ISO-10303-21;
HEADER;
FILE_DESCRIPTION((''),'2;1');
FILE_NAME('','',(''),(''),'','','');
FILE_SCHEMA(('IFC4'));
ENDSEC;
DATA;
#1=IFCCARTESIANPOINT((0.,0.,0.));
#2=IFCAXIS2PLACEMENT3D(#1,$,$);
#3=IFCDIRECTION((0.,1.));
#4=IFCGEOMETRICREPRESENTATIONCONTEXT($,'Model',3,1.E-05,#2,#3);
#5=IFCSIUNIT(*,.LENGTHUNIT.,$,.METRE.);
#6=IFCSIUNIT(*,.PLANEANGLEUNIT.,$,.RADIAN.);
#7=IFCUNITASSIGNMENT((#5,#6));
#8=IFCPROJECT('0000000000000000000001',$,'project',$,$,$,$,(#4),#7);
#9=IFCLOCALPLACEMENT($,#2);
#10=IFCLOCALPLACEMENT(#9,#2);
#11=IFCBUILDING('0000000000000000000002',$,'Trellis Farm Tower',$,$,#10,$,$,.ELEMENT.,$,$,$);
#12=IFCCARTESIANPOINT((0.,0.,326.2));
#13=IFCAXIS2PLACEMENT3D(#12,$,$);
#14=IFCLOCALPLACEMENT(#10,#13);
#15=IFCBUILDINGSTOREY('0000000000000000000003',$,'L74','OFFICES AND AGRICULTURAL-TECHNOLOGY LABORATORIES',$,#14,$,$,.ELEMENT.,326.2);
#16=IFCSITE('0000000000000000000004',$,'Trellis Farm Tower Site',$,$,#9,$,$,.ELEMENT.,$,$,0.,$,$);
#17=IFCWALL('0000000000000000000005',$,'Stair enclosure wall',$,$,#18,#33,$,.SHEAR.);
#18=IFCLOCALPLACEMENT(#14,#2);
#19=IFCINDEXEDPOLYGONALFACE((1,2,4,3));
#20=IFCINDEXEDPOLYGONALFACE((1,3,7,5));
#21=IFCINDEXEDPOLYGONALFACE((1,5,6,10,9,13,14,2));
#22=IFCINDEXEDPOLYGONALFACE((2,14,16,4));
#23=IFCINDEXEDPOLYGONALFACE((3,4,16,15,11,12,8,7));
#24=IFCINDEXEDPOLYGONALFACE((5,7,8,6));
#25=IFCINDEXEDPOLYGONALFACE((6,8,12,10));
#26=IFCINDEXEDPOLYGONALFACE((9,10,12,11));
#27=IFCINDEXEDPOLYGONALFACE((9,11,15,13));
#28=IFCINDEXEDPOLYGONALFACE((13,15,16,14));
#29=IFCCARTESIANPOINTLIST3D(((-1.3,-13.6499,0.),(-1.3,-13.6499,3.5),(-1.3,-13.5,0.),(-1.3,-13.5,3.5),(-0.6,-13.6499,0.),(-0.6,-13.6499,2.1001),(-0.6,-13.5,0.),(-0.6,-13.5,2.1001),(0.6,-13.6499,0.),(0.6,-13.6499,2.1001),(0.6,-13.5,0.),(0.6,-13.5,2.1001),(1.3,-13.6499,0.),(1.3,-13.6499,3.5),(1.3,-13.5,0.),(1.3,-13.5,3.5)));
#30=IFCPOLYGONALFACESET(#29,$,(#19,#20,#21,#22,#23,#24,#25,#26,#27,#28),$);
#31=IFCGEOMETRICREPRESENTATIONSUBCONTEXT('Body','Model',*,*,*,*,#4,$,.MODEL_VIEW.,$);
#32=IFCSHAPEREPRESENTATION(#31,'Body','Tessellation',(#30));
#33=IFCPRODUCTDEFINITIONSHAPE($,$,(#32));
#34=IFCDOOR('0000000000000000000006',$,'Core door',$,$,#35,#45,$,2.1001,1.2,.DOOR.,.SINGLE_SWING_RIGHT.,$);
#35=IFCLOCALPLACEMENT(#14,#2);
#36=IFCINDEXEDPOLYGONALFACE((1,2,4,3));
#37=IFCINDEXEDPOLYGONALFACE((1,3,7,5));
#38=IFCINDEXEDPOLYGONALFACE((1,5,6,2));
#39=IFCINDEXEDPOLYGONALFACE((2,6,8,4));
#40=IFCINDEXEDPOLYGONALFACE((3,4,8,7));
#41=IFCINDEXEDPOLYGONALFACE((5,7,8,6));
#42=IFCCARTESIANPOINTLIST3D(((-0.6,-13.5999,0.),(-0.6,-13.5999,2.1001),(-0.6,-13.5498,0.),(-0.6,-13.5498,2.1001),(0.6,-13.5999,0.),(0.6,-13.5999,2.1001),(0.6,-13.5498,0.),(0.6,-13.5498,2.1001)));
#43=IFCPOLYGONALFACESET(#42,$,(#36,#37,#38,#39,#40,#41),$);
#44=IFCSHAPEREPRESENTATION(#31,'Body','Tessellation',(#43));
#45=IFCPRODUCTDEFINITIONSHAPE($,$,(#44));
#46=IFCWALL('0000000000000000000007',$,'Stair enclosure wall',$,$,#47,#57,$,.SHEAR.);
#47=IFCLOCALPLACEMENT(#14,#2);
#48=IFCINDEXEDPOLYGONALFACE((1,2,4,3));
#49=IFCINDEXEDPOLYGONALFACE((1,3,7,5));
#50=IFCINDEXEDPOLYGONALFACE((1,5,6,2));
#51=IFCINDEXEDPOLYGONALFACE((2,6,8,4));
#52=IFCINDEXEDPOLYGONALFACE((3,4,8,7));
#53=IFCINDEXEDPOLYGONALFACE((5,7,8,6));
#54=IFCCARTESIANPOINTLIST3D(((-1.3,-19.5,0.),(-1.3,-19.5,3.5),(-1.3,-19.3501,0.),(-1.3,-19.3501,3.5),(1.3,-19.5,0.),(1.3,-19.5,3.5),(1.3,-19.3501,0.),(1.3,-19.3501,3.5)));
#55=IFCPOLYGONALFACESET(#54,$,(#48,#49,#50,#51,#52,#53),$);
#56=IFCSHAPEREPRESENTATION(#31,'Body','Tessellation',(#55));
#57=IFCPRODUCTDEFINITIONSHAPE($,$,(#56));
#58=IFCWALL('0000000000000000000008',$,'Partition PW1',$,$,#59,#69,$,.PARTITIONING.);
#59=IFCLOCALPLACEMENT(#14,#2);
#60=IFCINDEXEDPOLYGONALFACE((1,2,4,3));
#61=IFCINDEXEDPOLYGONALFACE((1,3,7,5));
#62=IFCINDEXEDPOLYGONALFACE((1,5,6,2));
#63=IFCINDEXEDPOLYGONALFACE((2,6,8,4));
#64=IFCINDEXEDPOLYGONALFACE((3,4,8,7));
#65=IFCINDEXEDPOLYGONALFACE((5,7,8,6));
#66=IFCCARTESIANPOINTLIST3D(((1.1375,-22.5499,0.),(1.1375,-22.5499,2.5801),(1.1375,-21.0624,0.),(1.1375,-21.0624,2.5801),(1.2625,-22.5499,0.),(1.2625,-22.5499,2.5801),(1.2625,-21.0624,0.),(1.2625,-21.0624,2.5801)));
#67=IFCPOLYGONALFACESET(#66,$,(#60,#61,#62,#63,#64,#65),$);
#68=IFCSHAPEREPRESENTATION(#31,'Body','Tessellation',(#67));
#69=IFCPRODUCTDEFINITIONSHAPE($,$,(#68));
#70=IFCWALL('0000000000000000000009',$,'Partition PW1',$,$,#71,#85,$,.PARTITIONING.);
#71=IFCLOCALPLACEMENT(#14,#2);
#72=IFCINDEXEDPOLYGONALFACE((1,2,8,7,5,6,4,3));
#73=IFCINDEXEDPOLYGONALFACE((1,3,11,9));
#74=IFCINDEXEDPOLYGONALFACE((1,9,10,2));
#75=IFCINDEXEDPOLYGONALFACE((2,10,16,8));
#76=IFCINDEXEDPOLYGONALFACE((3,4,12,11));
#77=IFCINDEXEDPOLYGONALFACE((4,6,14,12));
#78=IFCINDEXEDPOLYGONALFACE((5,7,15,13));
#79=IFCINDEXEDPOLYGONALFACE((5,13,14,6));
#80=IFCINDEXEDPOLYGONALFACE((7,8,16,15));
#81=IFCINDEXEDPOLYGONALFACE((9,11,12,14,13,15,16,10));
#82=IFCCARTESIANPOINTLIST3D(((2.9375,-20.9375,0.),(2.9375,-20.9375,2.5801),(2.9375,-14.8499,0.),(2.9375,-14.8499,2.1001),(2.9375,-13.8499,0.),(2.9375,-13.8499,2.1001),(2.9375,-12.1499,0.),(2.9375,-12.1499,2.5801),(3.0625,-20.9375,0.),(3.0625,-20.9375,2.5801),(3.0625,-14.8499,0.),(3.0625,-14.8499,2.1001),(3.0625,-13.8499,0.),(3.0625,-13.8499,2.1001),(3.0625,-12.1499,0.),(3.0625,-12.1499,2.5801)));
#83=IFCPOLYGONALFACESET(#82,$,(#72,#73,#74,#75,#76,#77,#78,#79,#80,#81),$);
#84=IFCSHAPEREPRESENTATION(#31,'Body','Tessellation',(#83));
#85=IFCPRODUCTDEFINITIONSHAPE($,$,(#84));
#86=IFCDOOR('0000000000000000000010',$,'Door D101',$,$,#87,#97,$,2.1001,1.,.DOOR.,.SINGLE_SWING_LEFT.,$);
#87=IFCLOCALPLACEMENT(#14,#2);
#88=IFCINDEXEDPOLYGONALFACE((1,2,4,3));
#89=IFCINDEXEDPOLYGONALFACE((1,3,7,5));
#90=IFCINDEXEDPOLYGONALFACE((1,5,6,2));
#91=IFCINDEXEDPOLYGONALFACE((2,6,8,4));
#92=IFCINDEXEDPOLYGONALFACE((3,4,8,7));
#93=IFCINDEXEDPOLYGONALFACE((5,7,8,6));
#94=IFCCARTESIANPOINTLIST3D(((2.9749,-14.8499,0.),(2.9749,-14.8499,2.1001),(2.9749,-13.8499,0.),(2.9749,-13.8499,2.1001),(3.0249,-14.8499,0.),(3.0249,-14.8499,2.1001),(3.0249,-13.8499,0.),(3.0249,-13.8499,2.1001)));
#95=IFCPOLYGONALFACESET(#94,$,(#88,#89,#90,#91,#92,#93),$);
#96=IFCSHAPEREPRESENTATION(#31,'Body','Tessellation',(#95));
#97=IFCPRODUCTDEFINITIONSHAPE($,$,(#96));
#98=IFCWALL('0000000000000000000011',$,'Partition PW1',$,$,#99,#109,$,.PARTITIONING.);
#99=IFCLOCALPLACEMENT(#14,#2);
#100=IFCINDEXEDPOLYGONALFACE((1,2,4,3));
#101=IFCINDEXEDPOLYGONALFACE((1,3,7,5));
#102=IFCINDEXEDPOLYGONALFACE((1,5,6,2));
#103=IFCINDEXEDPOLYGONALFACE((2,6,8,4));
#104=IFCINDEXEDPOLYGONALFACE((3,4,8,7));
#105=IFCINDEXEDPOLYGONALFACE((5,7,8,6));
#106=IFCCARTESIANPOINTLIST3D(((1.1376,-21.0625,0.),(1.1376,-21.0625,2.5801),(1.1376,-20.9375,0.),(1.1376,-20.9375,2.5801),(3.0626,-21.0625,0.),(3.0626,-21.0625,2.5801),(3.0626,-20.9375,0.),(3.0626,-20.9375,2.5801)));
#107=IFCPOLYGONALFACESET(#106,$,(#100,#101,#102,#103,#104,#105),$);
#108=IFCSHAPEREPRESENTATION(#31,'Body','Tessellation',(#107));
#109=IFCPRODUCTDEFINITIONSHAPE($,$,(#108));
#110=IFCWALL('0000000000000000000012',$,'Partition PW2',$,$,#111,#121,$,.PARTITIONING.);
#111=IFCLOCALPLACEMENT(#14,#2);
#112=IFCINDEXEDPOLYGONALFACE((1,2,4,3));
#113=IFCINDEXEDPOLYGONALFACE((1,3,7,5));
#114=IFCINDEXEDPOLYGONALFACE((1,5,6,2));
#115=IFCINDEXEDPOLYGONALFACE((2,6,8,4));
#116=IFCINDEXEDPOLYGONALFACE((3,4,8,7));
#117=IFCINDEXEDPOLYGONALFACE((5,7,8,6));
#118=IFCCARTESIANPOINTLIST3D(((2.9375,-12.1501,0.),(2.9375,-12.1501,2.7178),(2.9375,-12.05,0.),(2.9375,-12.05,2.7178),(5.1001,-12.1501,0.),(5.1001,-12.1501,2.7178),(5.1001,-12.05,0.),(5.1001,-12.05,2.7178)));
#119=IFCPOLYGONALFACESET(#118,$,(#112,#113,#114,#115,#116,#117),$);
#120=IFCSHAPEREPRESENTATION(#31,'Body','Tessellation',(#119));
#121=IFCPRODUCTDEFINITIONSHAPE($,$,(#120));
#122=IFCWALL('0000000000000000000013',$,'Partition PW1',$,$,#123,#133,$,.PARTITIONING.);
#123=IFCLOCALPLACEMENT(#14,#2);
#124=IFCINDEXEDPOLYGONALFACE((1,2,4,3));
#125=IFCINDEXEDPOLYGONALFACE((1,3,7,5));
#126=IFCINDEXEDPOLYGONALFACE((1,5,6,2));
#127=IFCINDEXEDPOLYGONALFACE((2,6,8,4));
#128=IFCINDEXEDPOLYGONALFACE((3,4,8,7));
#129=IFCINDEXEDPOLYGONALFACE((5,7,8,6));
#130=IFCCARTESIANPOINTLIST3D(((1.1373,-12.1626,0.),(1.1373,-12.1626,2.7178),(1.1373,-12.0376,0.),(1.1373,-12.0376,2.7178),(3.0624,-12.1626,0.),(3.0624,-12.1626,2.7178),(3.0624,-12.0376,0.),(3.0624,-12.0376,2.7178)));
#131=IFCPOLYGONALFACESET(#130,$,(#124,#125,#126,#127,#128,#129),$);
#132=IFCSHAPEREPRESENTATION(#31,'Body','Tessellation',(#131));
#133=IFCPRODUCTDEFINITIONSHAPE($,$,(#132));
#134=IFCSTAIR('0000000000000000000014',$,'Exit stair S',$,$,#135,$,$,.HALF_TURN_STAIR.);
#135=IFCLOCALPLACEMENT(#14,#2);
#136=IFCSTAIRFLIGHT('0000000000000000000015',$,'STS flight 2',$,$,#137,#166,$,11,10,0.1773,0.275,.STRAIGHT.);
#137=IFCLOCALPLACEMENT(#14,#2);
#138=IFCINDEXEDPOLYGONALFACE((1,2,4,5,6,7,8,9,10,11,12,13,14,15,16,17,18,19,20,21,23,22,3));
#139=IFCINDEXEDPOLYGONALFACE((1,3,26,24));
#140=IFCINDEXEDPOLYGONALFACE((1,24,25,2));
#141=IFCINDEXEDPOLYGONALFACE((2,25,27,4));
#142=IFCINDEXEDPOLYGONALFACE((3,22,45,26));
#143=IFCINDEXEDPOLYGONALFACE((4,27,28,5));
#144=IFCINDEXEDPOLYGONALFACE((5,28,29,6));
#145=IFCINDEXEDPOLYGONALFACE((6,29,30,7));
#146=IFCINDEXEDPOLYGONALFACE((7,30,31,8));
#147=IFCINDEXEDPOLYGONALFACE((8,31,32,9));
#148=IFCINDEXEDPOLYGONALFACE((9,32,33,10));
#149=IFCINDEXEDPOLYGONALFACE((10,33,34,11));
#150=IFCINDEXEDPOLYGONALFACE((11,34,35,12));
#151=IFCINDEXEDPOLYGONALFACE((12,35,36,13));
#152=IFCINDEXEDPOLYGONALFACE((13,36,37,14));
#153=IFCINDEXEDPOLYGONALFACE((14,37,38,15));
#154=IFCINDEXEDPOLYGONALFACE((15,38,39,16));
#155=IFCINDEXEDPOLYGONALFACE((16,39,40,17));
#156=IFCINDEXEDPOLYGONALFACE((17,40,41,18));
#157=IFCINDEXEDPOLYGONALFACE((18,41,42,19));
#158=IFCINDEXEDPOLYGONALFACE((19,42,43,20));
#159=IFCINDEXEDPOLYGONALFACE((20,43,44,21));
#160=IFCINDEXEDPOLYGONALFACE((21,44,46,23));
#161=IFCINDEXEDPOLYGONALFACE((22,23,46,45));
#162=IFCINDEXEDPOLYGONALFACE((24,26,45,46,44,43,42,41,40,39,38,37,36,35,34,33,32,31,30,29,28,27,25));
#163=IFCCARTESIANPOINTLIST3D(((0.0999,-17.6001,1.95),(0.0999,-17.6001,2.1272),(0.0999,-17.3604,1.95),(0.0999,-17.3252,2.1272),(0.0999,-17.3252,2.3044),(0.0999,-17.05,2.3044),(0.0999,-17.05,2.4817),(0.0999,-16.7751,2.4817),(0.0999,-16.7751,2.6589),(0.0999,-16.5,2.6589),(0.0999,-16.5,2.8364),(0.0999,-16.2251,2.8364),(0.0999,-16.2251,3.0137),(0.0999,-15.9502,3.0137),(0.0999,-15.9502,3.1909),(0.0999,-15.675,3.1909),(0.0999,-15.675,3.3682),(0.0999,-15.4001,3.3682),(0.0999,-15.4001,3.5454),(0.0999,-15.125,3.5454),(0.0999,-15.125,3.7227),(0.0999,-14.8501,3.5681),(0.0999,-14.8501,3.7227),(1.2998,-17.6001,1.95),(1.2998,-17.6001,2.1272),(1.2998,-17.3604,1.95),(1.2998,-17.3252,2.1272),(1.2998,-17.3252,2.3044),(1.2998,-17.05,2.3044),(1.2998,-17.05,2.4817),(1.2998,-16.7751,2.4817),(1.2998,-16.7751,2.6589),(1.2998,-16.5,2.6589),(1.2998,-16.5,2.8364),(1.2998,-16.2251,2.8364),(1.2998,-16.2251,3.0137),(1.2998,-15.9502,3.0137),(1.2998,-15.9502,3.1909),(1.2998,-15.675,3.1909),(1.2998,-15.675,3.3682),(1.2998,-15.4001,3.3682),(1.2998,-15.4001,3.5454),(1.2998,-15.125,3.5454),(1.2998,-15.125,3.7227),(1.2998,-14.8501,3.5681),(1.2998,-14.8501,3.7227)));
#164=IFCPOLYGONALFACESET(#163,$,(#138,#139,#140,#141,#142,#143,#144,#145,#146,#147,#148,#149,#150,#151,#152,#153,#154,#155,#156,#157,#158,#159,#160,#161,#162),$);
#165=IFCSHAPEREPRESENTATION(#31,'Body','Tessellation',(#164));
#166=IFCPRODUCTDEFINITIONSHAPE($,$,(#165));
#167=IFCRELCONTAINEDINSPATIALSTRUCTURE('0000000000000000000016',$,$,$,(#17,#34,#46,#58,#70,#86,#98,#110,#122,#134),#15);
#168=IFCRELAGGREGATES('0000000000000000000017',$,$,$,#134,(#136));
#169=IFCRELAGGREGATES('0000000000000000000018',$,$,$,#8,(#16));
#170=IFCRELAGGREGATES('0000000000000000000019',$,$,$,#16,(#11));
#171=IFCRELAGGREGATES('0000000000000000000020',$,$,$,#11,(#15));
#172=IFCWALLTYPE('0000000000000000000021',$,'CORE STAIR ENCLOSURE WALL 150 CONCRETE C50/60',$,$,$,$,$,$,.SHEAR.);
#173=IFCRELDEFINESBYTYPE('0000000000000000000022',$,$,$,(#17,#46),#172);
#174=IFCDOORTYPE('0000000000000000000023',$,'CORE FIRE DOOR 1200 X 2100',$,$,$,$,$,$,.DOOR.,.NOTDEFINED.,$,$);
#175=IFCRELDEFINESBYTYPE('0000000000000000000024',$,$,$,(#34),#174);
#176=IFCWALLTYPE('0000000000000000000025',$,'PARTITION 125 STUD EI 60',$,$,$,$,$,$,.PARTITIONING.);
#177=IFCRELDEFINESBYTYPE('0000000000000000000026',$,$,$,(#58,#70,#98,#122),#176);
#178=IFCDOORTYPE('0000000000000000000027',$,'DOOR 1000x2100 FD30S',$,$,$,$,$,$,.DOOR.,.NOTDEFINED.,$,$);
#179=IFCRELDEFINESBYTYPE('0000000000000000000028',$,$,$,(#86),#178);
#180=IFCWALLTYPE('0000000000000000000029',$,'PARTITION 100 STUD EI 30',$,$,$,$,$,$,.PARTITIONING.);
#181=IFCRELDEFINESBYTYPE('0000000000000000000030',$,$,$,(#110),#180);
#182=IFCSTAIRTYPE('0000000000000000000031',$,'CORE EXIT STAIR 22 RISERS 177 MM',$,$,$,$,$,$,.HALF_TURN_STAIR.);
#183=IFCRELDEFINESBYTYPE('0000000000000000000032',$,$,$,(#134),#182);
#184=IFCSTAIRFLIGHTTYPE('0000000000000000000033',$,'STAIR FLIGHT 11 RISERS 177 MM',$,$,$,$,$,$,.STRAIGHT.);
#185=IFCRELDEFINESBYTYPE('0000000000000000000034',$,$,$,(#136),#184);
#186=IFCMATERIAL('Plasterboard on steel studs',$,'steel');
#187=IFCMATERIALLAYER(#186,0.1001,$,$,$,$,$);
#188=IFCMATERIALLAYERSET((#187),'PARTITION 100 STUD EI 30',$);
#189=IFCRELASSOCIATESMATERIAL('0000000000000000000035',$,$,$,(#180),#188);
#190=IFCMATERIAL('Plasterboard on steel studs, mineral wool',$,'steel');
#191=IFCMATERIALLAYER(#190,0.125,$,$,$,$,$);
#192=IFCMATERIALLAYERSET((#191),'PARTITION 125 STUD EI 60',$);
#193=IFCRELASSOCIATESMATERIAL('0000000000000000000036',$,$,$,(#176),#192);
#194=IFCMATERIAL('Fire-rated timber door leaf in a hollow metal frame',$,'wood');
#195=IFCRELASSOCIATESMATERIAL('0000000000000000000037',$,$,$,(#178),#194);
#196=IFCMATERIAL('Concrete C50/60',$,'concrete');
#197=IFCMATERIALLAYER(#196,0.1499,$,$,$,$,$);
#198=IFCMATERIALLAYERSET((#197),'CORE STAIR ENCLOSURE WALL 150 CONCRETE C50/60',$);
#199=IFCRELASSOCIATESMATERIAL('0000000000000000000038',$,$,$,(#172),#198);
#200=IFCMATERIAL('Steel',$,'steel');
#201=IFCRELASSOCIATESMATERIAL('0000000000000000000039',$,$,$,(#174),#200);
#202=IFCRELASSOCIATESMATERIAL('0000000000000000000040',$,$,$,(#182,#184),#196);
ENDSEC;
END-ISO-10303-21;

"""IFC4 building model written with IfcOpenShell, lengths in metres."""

from ifc_helpers import new_model, si_unit, direction, frame, frame_2d, origin, place, context, subcontext, project, spatial, polyline, rectangle, outline, extrude, source, transform, mapped, material, layer, layer_set, type_object, element, fill, aggregate, save


model = new_model("IFC4")

# Units and contexts
model_context = context("Model", 3, precision=1e-05, world=origin(), true_north=direction((0.0, 1.0)))
body_context = subcontext(model_context, "Body", "Model", "MODEL_VIEW")
ifc_project = project(units=[si_unit("LENGTHUNIT", "METRE"), si_unit("PLANEANGLEUNIT", "RADIAN")], contexts=[model_context])

# Site, building, storey
site_placement = place(None, origin())
site = spatial("IfcSite", under=ifc_project, at=site_placement, Name="Trellis Farm Tower Site", CompositionType="ELEMENT", RefElevation=0.0)
building_placement = place(site_placement, origin())
building = spatial("IfcBuilding", under=site, at=building_placement, Name="Trellis Farm Tower", CompositionType="ELEMENT")
storey_placement = place(building_placement, frame((0.0, 0.0, 326.2)))
storey = spatial("IfcBuildingStorey", under=building, at=storey_placement, Name="L74", Description="OFFICES AND AGRICULTURAL-TECHNOLOGY LABORATORIES", CompositionType="ELEMENT", Elevation=326.2)

# Shared definitions
placement = place(storey_placement, origin())

# Shared definitions
ifc_material_1 = material(Name="Plasterboard on steel studs", Category="steel")
ifc_layer_1 = layer(ifc_material_1, 0.1001)
ifc_layer_set_1 = layer_set([ifc_layer_1], Name="PARTITION 100 STUD EI 30")
wall_type_1 = type_object("IfcWallType", Name="PARTITION 100 STUD EI 30", PredefinedType="PARTITIONING", material=ifc_layer_set_1)

# Shared definitions
ifc_material_2 = material(Name="Plasterboard on steel studs, mineral wool", Category="steel")
ifc_layer_2 = layer(ifc_material_2, 0.125)
ifc_layer_set_2 = layer_set([ifc_layer_2], Name="PARTITION 125 STUD EI 60")
wall_type_2 = type_object("IfcWallType", Name="PARTITION 125 STUD EI 60", PredefinedType="PARTITIONING", material=ifc_layer_set_2)
shared_shape_1 = source(origin(), body_context, "Body", "SweptSolid", [
    extrude(rectangle(XDim=1.0, YDim=2.1001, at=frame_2d((0.5, 1.05))), frame((0.0, 0.0725, 0.0), z_axis=(0.0, -1.0, 0.0), x_axis=(1.0, 0.0, 0.0)), (0.0, 0.0, 1.0), 0.145),
])
ifc_material_3 = material(Name="Fire-rated timber door leaf in a hollow metal frame", Category="wood")
door_type_1 = type_object("IfcDoorType", Name="DOOR 1000x2100 FD30S", OperationType="NOTDEFINED", PredefinedType="DOOR", material=ifc_material_3)
shared_shape_2 = source(origin(), body_context, "Body", "SweptSolid", [
    extrude(rectangle(XDim=1.0, YDim=2.1001, at=frame_2d((0.5, 1.05))), frame((0.0, 0.0249, 0.0), z_axis=(0.0, -1.0, 0.0), x_axis=(1.0, 0.0, 0.0)), (0.0, 0.0, 1.0), 0.05),
])

# Shared definitions
ifc_material_4 = material(Name="Concrete C50/60", Category="concrete")

# Wall, opening, door
ifc_layer_3 = layer(ifc_material_4, 0.1499)
ifc_layer_set_3 = layer_set([ifc_layer_3], Name="CORE STAIR ENCLOSURE WALL 150 CONCRETE C50/60")
wall_type_3 = type_object("IfcWallType", Name="CORE STAIR ENCLOSURE WALL 150 CONCRETE C50/60", PredefinedType="SHEAR", material=ifc_layer_set_3)
shared_shape_3 = source(origin(), body_context, "Body", "SweptSolid", [
    extrude(rectangle(XDim=2.6001, YDim=0.1499, at=frame_2d((1.3, 0.0))), origin(), (0.0, 0.0, 1.0), 3.5),
])
wall_1_placement = place(storey_placement, frame((1.3, -13.575, 0.0), z_axis=(0.0, 0.0, 1.0), x_axis=(-1.0, 0.0, 0.0)))
wall_1 = element("IfcWall", 1, at=wall_1_placement, inside=storey, type_object=wall_type_3, Name="Stair enclosure wall", PredefinedType="SHEAR", context=body_context, shape_type="MappedRepresentation", body=[
    mapped(shared_shape_3, transform((0.0, 0.0, 0.0))),
])
shared_shape_4 = source(origin(), body_context, "Body", "SweptSolid", [
    extrude(rectangle(XDim=1.2, YDim=2.1001, at=frame_2d((0.6001, 1.05))), frame((0.0, 0.085, 0.0), z_axis=(0.0, -1.0, 0.0), x_axis=(1.0, 0.0, 0.0)), (0.0, 0.0, 1.0), 0.1699),
])
opening_1_placement = place(wall_1_placement, frame((0.7, 0.0, 0.0)))
opening_1 = element("IfcOpeningElement", 2, at=opening_1_placement, cuts=wall_1, PredefinedType="OPENING", context=body_context, shape_type="MappedRepresentation", body=[
    mapped(shared_shape_4, transform((0.0, 0.0, 0.0))),
])
ifc_material_5 = material(Name="Steel", Category="steel")
door_type_2 = type_object("IfcDoorType", Name="CORE FIRE DOOR 1200 X 2100", OperationType="NOTDEFINED", PredefinedType="DOOR", material=ifc_material_5)
shared_shape_5 = source(origin(), body_context, "Body", "SweptSolid", [
    extrude(rectangle(XDim=1.2, YDim=2.1001, at=frame_2d((0.6001, 1.05))), frame((0.0, 0.0249, 0.0), z_axis=(0.0, -1.0, 0.0), x_axis=(1.0, 0.0, 0.0)), (0.0, 0.0, 1.0), 0.05),
])
door_1_placement = place(opening_1_placement, origin())
door_1 = element("IfcDoor", 3, at=door_1_placement, inside=storey, type_object=door_type_2, Name="Core door", OperationType="SINGLE_SWING_RIGHT", OverallHeight=2.1001, OverallWidth=1.2, PredefinedType="DOOR", context=body_context, shape_type="MappedRepresentation", body=[
    mapped(shared_shape_5, transform((0.0, 0.0, 0.0))),
])
fill(opening_1, door_1)

# Walls
wall_2_placement = place(storey_placement, frame((1.3, -19.425, 0.0), z_axis=(0.0, 0.0, 1.0), x_axis=(-1.0, 0.0, 0.0)))
element("IfcWall", 4, at=wall_2_placement, inside=storey, type_object=wall_type_3, Name="Stair enclosure wall", PredefinedType="SHEAR", context=body_context, shape_type="MappedRepresentation", body=[
    mapped(shared_shape_3, transform((0.0, 0.0, 0.0))),
])
shared_shape_6 = source(origin(), body_context, "Body", "SweptSolid", [
    extrude(rectangle(XDim=1.4875, YDim=0.125, at=frame_2d((0.7437, 0.0))), origin(), (0.0, 0.0, 1.0), 2.5801),
])
wall_3_placement = place(storey_placement, frame((1.2, -21.0625, 0.0), z_axis=(0.0, 0.0, 1.0), x_axis=(0.0, -1.0, 0.0)))
element("IfcWall", 5, at=wall_3_placement, inside=storey, type_object=wall_type_2, Name="Partition PW1", PredefinedType="PARTITIONING", context=body_context, shape_type="MappedRepresentation", body=[
    mapped(shared_shape_6, transform((0.0, 0.0, 0.0))),
])

# Wall, opening, door
shared_shape_7 = source(origin(), body_context, "Body", "SweptSolid", [
    extrude(rectangle(XDim=8.7876, YDim=0.125, at=frame_2d((4.3938, 0.0))), origin(), (0.0, 0.0, 1.0), 2.5801),
])
wall_4_placement = place(storey_placement, frame((3.0, -12.1499, 0.0), z_axis=(0.0, 0.0, 1.0), x_axis=(0.0, -1.0, 0.0)))
wall_4 = element("IfcWall", 6, at=wall_4_placement, inside=storey, type_object=wall_type_2, Name="Partition PW1", PredefinedType="PARTITIONING", context=body_context, shape_type="MappedRepresentation", body=[
    mapped(shared_shape_7, transform((0.0, 0.0, 0.0))),
])
opening_2_placement = place(wall_4_placement, frame((1.7, 0.0, 0.0)))
opening_2 = element("IfcOpeningElement", 7, at=opening_2_placement, cuts=wall_4, PredefinedType="OPENING", context=body_context, shape_type="MappedRepresentation", body=[
    mapped(shared_shape_1, transform((0.0, 0.0, 0.0))),
])
door_2_placement = place(opening_2_placement, origin())
door_2 = element("IfcDoor", 8, at=door_2_placement, inside=storey, type_object=door_type_1, Name="Door D101", OperationType="SINGLE_SWING_LEFT", OverallHeight=2.1001, OverallWidth=1.0, PredefinedType="DOOR", context=body_context, shape_type="MappedRepresentation", body=[
    mapped(shared_shape_2, transform((0.0, 0.0, 0.0))),
])
fill(opening_2, door_2)

# Walls
shared_shape_8 = source(origin(), body_context, "Body", "SweptSolid", [
    extrude(rectangle(XDim=1.925, YDim=0.125, at=frame_2d((0.9624, 0.0))), origin(), (0.0, 0.0, 1.0), 2.5801),
])
wall_5_placement = place(storey_placement, frame((3.0625, -21.0, 0.0), z_axis=(0.0, 0.0, 1.0), x_axis=(-1.0, 0.0, 0.0)))
element("IfcWall", 9, at=wall_5_placement, inside=storey, type_object=wall_type_2, Name="Partition PW1", PredefinedType="PARTITIONING", context=body_context, shape_type="MappedRepresentation", body=[
    mapped(shared_shape_8, transform((0.0, 0.0, 0.0))),
])
shared_shape_9 = source(origin(), body_context, "Body", "SweptSolid", [
    extrude(rectangle(XDim=2.1626, YDim=0.1001, at=frame_2d((1.0813, 0.0))), origin(), (0.0, 0.0, 1.0), 2.7178),
])
wall_6_placement = place(storey_placement, frame((2.9375, -12.1001, 0.0), z_axis=(0.0, 0.0, 1.0), x_axis=(1.0, 0.0, 0.0)))
element("IfcWall", 10, at=wall_6_placement, inside=storey, type_object=wall_type_1, Name="Partition PW2", PredefinedType="PARTITIONING", context=body_context, shape_type="MappedRepresentation", body=[
    mapped(shared_shape_9, transform((0.0, 0.0, 0.0))),
])
shared_shape_10 = source(origin(), body_context, "Body", "SweptSolid", [
    extrude(rectangle(XDim=1.925, YDim=0.125, at=frame_2d((0.9624, 0.0))), origin(), (0.0, 0.0, 1.0), 2.7178),
])
wall_7_placement = place(storey_placement, frame((1.1375, -12.1001, 0.0), z_axis=(0.0, 0.0, 1.0), x_axis=(1.0, 0.0, 0.0)))
element("IfcWall", 11, at=wall_7_placement, inside=storey, type_object=wall_type_2, Name="Partition PW1", PredefinedType="PARTITIONING", context=body_context, shape_type="MappedRepresentation", body=[
    mapped(shared_shape_10, transform((0.0, 0.0, 0.0))),
])

# Stair, stair flight
stair_type = type_object("IfcStairType", Name="CORE EXIT STAIR 22 RISERS 177 MM", PredefinedType="HALF_TURN_STAIR", material=ifc_material_4)
stair = element("IfcStair", 12, at=placement, inside=storey, type_object=stair_type, Name="Exit stair S", PredefinedType="HALF_TURN_STAIR")
stair_flight_type = type_object("IfcStairFlightType", Name="STAIR FLIGHT 11 RISERS 177 MM", PredefinedType="STRAIGHT", material=ifc_material_4)
shared_shape_11 = source(origin(), body_context, "Body", "SweptSolid", [
    extrude(outline(polyline([(0.0, 0.0), (0.0, 0.1772), (0.2749, 0.1772), (0.2749, 0.3545), (0.55, 0.3545), (0.55, 0.5317), (0.825, 0.5317), (0.825, 0.709), (1.1001, 0.709), (1.1001, 0.8865), (1.375, 0.8865), (1.375, 1.0637), (1.6499, 1.0637), (1.6499, 1.241), (1.925, 1.241), (1.925, 1.4182), (2.2, 1.4182), (2.2, 1.5955), (2.4751, 1.5955), (2.4751, 1.7727), (2.75, 1.7727), (2.75, 1.95), (2.75, 1.6182), (0.2397, 0.0), (0.0, 0.0)])), frame((0.0, 0.6001, 0.0), z_axis=(0.0, -1.0, 0.0), x_axis=(1.0, 0.0, 0.0)), (0.0, 0.0, 1.0), 1.2),
])
stair_flight_placement = place(storey_placement, frame((0.7, -17.6001, 1.95), z_axis=(0.0, 0.0, 1.0), x_axis=(0.0, 1.0, 0.0)))
stair_flight = element("IfcStairFlight", 13, at=stair_flight_placement, type_object=stair_flight_type, Name="STS flight 2", NumberOfRisers=11, NumberOfTreads=10, PredefinedType="STRAIGHT", RiserHeight=0.1773, TreadLength=0.275, context=body_context, shape_type="MappedRepresentation", body=[
    mapped(shared_shape_11, transform((0.0, 0.0, 0.0))),
])
aggregate(stair, [stair_flight])

save(model, "model.ifc")
